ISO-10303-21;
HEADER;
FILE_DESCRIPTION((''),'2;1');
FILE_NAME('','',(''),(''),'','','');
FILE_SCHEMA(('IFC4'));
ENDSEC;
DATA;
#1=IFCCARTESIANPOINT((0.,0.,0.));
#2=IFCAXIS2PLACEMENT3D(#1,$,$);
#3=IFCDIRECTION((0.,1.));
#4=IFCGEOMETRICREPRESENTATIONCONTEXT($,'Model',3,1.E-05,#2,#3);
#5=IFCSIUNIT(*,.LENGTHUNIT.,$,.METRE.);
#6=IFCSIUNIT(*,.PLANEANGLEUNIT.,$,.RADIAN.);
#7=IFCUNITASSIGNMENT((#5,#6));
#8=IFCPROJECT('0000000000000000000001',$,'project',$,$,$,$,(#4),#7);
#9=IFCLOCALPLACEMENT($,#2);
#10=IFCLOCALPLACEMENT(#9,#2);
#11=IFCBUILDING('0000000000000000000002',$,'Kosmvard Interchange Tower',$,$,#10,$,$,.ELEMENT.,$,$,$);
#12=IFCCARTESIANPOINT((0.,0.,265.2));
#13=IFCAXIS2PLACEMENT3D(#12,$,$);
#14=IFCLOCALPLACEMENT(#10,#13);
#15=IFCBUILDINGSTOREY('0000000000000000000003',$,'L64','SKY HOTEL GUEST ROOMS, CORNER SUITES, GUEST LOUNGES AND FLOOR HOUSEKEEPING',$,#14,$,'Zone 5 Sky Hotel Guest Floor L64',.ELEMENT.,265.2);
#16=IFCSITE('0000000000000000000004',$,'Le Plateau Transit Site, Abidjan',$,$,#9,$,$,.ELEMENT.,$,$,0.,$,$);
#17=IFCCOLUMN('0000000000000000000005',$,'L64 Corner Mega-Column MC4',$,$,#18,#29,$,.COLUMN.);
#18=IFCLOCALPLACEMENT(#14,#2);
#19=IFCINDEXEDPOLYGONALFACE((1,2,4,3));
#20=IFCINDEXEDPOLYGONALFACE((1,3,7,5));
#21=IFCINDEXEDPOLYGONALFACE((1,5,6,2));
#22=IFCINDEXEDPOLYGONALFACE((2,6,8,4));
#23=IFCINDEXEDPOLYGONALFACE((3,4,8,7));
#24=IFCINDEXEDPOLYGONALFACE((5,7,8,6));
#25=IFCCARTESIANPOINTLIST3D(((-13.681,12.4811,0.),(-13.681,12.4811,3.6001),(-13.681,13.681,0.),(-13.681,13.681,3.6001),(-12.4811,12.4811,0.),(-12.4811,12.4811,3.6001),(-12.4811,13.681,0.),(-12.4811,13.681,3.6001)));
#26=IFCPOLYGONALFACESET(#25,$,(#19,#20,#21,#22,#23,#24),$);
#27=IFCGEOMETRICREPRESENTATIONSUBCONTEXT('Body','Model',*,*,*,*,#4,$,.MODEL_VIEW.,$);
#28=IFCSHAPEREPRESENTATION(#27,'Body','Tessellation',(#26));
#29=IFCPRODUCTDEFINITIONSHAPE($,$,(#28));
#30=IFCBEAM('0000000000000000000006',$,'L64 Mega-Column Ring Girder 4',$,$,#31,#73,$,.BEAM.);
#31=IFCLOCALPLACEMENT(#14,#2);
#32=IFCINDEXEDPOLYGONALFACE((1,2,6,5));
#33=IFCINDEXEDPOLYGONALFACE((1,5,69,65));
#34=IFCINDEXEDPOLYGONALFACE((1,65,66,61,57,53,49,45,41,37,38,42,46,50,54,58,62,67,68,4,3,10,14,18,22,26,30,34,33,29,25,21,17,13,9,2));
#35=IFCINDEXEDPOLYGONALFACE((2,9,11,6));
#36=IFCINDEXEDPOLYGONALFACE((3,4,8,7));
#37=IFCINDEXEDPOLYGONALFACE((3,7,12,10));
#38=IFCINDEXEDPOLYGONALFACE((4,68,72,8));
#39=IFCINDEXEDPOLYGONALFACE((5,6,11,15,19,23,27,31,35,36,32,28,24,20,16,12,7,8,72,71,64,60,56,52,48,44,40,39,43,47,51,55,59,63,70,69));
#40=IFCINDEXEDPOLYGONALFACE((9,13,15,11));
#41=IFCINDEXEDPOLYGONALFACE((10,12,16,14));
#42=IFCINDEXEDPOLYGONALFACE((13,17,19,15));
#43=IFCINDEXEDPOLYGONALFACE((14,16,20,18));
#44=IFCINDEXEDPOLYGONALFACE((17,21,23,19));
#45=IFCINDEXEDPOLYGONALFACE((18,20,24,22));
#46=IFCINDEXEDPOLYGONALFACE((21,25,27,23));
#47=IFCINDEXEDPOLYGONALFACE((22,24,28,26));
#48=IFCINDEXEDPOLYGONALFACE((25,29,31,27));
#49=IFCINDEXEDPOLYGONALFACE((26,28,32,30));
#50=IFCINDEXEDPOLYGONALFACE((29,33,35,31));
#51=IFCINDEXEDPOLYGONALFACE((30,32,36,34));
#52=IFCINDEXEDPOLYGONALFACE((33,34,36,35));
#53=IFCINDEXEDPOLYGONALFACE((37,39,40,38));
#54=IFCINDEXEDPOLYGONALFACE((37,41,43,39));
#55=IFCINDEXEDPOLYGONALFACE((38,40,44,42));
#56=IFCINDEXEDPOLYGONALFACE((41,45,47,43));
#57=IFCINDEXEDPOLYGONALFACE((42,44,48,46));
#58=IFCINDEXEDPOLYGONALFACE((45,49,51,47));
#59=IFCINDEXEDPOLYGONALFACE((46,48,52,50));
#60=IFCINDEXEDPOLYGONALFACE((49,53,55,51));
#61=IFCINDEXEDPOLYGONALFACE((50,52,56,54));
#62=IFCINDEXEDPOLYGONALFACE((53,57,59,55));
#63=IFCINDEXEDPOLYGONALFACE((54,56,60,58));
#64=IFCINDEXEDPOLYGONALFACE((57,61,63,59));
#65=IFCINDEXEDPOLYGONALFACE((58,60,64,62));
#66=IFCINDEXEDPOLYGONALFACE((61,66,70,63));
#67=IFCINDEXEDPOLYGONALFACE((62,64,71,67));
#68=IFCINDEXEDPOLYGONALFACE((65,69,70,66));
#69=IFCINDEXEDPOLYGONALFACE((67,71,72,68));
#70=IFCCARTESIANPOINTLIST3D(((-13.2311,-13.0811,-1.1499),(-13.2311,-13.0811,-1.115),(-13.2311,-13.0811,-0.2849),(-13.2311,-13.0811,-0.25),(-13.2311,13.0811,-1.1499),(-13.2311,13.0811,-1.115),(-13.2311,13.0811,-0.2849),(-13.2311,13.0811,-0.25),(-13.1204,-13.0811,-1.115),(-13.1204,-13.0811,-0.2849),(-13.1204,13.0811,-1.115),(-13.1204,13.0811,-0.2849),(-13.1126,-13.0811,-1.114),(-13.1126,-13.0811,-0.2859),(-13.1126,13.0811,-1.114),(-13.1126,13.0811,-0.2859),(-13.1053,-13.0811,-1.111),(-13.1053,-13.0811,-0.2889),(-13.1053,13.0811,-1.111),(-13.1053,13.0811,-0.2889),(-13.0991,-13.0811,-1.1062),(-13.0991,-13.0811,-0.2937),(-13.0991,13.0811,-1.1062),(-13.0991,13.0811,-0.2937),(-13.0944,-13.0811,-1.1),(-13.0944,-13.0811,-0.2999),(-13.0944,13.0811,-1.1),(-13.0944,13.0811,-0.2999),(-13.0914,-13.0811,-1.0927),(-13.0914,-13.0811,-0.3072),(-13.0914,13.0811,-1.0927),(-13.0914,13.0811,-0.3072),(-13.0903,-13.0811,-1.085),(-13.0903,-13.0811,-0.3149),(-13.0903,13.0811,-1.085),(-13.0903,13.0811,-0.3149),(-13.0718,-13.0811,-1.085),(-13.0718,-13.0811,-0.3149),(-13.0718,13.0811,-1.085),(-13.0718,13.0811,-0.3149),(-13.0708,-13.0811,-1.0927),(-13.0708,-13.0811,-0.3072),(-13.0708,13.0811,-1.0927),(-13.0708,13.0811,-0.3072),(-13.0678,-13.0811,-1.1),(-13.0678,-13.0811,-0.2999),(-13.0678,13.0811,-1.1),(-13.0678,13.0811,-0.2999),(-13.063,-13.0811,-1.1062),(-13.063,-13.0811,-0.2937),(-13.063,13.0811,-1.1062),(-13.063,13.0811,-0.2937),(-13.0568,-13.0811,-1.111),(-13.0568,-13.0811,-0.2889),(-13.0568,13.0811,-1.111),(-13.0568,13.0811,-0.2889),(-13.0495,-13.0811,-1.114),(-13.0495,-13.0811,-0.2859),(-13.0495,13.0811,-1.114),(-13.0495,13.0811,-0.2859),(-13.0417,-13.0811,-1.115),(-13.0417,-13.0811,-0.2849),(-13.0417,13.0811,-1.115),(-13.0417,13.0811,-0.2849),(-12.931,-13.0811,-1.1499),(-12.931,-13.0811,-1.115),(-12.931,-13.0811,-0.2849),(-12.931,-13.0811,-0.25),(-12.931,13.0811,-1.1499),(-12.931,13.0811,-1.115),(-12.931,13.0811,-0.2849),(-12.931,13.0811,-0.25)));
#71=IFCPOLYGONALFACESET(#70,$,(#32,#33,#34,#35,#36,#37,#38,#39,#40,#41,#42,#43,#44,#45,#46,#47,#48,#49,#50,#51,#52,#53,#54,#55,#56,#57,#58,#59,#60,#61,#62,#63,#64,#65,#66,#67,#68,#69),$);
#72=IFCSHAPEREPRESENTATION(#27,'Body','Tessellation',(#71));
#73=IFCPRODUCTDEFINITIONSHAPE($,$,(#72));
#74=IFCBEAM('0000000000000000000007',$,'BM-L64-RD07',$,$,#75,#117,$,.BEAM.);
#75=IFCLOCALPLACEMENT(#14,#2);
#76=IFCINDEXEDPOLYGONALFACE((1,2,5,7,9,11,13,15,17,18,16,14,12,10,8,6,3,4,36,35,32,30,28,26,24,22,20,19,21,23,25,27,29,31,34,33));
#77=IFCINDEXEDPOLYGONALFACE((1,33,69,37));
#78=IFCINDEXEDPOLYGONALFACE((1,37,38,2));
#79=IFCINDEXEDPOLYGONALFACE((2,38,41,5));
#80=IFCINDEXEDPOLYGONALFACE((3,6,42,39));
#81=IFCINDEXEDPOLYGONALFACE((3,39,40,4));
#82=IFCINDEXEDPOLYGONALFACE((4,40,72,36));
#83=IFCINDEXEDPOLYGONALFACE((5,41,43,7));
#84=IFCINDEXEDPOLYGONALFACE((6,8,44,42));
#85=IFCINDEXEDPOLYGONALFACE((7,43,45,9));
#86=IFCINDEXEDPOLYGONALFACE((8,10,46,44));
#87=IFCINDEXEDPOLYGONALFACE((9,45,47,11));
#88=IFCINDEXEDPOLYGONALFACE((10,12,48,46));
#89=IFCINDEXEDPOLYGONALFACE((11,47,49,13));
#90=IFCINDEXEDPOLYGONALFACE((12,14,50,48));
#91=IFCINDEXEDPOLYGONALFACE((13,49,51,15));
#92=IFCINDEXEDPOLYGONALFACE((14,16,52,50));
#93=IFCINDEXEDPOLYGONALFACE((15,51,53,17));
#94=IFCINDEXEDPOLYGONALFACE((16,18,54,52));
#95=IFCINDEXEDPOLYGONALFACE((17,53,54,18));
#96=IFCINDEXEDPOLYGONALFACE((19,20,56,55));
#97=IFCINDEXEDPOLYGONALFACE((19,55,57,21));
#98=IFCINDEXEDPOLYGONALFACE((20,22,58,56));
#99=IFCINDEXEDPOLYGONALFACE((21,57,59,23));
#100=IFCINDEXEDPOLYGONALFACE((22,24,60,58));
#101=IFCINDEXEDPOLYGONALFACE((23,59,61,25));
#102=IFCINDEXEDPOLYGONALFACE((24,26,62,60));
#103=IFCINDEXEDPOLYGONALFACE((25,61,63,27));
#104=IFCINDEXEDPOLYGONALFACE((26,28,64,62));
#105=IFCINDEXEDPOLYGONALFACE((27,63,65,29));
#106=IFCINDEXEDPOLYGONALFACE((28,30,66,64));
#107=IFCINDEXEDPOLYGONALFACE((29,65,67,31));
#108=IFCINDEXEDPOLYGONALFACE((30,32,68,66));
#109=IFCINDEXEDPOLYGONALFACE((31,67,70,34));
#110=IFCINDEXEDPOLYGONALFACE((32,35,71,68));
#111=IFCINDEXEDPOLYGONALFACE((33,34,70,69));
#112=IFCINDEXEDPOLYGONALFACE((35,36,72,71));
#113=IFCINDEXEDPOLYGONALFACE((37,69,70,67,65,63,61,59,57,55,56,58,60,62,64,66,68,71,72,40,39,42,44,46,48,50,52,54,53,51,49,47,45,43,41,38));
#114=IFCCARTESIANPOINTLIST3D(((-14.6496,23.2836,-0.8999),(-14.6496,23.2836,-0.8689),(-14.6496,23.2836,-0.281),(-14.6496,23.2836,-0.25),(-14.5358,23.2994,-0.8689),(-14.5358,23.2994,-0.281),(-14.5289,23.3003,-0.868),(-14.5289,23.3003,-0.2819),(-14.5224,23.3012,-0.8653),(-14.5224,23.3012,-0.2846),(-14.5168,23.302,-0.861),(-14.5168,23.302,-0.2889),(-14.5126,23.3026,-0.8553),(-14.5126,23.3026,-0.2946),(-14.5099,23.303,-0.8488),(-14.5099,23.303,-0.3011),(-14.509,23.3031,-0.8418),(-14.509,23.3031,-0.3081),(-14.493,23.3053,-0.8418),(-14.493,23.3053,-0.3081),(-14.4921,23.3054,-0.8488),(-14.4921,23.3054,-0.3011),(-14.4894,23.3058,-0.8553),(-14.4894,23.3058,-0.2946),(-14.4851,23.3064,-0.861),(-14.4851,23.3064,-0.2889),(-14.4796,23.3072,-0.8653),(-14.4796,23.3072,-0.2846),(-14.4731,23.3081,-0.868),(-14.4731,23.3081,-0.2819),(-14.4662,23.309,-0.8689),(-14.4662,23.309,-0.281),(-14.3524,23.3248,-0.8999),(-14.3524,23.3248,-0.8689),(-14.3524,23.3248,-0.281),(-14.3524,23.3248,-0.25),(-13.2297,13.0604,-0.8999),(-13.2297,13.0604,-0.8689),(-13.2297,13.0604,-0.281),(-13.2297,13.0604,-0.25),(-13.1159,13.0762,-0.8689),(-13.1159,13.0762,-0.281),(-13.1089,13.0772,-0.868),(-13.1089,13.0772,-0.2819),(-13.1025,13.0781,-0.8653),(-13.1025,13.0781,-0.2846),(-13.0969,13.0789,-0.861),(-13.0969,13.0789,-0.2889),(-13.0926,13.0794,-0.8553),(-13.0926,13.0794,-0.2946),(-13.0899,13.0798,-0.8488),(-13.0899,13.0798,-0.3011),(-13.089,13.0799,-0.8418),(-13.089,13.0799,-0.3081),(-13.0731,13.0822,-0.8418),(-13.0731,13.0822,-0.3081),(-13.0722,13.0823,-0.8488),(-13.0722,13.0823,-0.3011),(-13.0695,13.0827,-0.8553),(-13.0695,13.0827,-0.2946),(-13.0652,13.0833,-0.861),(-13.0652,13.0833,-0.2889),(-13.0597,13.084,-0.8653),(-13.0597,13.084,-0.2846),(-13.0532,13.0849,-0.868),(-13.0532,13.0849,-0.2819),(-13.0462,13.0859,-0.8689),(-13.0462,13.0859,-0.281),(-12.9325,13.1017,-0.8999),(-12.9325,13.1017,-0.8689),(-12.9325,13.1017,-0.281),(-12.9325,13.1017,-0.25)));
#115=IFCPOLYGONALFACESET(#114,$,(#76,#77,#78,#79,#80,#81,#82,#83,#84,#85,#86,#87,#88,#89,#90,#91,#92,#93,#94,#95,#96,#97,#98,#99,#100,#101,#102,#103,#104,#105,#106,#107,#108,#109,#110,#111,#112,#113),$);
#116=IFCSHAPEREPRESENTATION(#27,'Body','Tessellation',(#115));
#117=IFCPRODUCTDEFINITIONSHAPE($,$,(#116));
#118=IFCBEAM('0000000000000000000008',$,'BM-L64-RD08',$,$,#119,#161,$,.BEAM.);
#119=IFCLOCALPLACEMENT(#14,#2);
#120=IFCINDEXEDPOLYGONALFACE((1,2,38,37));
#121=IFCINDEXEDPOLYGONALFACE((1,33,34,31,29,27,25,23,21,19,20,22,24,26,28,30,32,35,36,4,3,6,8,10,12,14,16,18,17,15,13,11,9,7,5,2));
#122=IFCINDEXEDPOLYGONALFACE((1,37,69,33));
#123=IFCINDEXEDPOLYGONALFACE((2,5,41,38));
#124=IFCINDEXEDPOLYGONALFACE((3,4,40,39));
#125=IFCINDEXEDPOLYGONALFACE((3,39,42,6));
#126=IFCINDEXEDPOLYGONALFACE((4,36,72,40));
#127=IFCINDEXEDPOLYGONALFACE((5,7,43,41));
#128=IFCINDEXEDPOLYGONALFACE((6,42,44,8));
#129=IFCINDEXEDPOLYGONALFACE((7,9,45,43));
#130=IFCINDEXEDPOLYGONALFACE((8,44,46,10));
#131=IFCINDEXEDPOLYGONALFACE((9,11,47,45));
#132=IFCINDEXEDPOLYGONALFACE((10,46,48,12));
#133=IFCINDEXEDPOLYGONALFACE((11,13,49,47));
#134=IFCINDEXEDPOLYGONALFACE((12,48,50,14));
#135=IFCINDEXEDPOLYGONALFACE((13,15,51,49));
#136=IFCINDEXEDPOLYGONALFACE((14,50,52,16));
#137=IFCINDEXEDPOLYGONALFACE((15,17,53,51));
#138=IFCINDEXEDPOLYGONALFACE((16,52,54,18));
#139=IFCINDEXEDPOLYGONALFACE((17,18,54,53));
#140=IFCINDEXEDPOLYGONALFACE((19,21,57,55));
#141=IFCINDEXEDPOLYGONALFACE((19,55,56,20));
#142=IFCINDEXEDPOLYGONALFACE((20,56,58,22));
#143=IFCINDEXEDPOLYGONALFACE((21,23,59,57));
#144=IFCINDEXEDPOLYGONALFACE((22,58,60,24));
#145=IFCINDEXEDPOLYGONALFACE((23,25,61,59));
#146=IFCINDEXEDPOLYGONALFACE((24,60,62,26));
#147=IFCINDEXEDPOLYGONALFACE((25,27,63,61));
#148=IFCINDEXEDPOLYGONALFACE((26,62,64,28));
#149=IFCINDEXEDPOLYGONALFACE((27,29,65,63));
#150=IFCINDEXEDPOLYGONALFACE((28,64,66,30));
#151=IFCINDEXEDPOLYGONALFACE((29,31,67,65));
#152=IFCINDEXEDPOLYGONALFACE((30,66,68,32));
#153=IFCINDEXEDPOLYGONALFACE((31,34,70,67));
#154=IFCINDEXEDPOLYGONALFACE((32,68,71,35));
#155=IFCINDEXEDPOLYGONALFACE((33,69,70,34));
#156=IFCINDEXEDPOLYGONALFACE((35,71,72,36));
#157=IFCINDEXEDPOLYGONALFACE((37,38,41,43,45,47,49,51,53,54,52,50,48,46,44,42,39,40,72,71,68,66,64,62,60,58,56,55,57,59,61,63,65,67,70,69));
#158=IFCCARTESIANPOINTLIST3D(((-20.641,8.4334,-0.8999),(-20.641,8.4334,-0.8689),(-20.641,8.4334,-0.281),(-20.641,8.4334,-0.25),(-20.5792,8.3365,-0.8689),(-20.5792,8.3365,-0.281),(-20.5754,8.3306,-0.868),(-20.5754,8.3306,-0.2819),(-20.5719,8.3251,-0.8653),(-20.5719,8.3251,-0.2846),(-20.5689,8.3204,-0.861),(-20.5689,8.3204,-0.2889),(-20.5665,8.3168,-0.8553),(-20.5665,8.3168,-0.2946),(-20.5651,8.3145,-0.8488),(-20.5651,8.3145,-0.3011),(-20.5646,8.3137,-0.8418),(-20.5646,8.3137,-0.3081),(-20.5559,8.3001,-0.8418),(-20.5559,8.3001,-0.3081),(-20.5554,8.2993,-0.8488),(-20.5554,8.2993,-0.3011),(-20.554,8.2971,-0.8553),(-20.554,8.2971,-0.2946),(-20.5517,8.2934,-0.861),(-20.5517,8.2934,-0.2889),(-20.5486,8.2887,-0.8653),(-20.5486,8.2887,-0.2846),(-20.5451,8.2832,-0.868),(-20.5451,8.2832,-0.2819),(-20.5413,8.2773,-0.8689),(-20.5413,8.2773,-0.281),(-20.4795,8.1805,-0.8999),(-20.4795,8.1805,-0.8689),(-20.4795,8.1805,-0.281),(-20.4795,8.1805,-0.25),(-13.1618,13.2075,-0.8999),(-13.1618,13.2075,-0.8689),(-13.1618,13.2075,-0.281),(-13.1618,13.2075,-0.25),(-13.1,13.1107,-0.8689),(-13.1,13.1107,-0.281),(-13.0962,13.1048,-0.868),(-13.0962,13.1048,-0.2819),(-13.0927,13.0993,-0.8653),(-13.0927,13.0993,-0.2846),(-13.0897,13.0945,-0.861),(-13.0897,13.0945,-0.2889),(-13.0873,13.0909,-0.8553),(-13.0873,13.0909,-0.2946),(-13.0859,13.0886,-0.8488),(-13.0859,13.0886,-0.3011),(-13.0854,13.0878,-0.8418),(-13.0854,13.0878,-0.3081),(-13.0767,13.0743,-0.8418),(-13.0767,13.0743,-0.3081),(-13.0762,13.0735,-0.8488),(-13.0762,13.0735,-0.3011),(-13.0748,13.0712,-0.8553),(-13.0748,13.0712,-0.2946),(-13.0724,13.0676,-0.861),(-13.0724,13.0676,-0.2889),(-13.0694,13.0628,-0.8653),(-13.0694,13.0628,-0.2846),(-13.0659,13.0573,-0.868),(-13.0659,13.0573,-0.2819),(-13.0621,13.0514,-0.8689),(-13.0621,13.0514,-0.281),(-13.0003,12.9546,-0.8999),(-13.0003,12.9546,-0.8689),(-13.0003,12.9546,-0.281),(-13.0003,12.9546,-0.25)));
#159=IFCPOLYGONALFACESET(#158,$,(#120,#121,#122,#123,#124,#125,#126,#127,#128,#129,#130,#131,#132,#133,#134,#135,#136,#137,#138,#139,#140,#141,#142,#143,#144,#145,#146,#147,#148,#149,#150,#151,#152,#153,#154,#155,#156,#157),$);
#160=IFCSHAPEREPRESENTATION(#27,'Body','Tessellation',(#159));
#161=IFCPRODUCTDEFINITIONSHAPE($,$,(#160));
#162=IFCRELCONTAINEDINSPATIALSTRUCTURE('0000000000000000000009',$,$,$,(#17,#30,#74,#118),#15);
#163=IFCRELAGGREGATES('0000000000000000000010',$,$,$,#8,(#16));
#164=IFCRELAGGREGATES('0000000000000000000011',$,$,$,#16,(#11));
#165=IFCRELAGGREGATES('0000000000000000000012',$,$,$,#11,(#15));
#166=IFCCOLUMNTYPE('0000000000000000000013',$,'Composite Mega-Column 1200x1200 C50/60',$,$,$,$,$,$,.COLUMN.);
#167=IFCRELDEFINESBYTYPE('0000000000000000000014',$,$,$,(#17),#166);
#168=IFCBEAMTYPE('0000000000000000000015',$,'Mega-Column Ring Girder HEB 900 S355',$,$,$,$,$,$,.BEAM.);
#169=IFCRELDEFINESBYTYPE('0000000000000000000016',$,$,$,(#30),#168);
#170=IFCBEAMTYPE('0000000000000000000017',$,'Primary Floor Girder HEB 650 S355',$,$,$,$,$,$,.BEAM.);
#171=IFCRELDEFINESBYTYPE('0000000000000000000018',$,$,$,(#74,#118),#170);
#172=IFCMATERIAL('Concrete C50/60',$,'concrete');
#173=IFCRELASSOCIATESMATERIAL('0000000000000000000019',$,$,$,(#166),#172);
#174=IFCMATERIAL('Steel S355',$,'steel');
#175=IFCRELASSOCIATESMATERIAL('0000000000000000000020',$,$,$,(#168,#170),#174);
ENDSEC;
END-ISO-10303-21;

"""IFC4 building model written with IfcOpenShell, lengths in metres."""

from ifc_helpers import new_model, si_unit, direction, frame, origin, origin_2d, place, context, subcontext, project, spatial, rectangle, i_section, extrude, source, transform, mapped, material, material_profile, profile_set, type_object, element, save


model = new_model("IFC4")

# Units and contexts
model_context = context("Model", 3, precision=1e-05, world=origin(), true_north=direction((0.0, 1.0)))
body_context = subcontext(model_context, "Body", "Model", "MODEL_VIEW")
ifc_project = project(units=[si_unit("LENGTHUNIT", "METRE"), si_unit("PLANEANGLEUNIT", "RADIAN")], contexts=[model_context])

# Site, building, storey
site_placement = place(None, origin())
site = spatial("IfcSite", under=ifc_project, at=site_placement, Name="Le Plateau Transit Site, Abidjan", CompositionType="ELEMENT", RefElevation=0.0)
building_placement = place(site_placement, origin())
building = spatial("IfcBuilding", under=site, at=building_placement, Name="Kosmvard Interchange Tower", CompositionType="ELEMENT")
storey_placement = place(building_placement, frame((0.0, 0.0, 265.2)))
storey = spatial("IfcBuildingStorey", under=building, at=storey_placement, Name="L64", Description="SKY HOTEL GUEST ROOMS, CORNER SUITES, GUEST LOUNGES AND FLOOR HOUSEKEEPING", LongName="Zone 5 Sky Hotel Guest Floor L64", CompositionType="ELEMENT", Elevation=265.2)

# Column
ifc_material_1 = material(Name="Concrete C50/60", Category="concrete")
ifc_material_profile_1 = material_profile(ifc_material_1, rectangle(XDim=1.2, YDim=1.2, at=origin_2d()), Name="MC 1200x1200")
ifc_profile_set_1 = profile_set([ifc_material_profile_1], Name="Concrete C50/60")
column_type = type_object("IfcColumnType", Name="Composite Mega-Column 1200x1200 C50/60", PredefinedType="COLUMN", material=ifc_profile_set_1)
shared_shape_1 = source(origin(), body_context, "Body", "SweptSolid", [
    extrude(rectangle(XDim=1.2, YDim=1.2, at=origin_2d()), origin(), (0.0, 0.0, 1.0), 3.6001),
])
column_placement = place(storey_placement, frame((-13.0811, 13.0811, 0.0), z_axis=(0.0, 0.0, 1.0), x_axis=(1.0, 0.0, 0.0)))
element("IfcColumn", 1, at=column_placement, inside=storey, type_object=column_type, Name="L64 Corner Mega-Column MC4", PredefinedType="COLUMN", context=body_context, shape_type="MappedRepresentation", body=[
    mapped(shared_shape_1, transform((0.0, 0.0, 0.0), scale=1.0)),
])

# Beams
ifc_material_2 = material(Name="Steel S355", Category="steel")
ifc_material_profile_2 = material_profile(ifc_material_2, i_section(OverallWidth=0.3, OverallDepth=0.8999, WebThickness=0.0186, FlangeThickness=0.0349, FilletRadius=0.03, at=origin_2d()), Name="HEB 900")
ifc_profile_set_2 = profile_set([ifc_material_profile_2], Name="Steel S355")
beam_type_1 = type_object("IfcBeamType", Name="Mega-Column Ring Girder HEB 900 S355", PredefinedType="BEAM", material=ifc_profile_set_2)
shared_shape_2 = source(origin(), body_context, "Body", "SweptSolid", [
    extrude(i_section(OverallWidth=0.3, OverallDepth=0.8999, WebThickness=0.0186, FlangeThickness=0.0349, FilletRadius=0.03, at=origin_2d()), origin(), (0.0, 0.0, 1.0), 26.1621),
])
beam_1_placement = place(storey_placement, frame((-13.0811, 13.0811, -0.7), z_axis=(0.0, -1.0, 0.0), x_axis=(1.0, 0.0, 0.0)))
element("IfcBeam", 2, at=beam_1_placement, inside=storey, type_object=beam_type_1, Name="L64 Mega-Column Ring Girder 4", PredefinedType="BEAM", context=body_context, shape_type="MappedRepresentation", body=[
    mapped(shared_shape_2, transform((0.0, 0.0, 0.0), scale=1.0)),
])
ifc_material_profile_3 = material_profile(ifc_material_2, i_section(OverallWidth=0.3, OverallDepth=0.6499, WebThickness=0.0161, FlangeThickness=0.031, FilletRadius=0.0271, at=origin_2d()), Name="HEB 650")
ifc_profile_set_3 = profile_set([ifc_material_profile_3], Name="Steel S355")
beam_type_2 = type_object("IfcBeamType", Name="Primary Floor Girder HEB 650 S355", PredefinedType="BEAM", material=ifc_profile_set_3)
shared_shape_3 = source(origin(), body_context, "Body", "SweptSolid", [
    extrude(i_section(OverallWidth=0.3, OverallDepth=0.6499, WebThickness=0.0161, FlangeThickness=0.031, FilletRadius=0.0271, at=origin_2d()), origin(), (0.0, 0.0, 1.0), 10.3213),
])
beam_2_placement = place(storey_placement, frame((-13.0811, 13.0811, -0.575), z_axis=(-0.137572, 0.990492, 0.0), x_axis=(-0.990492, -0.137572, 0.0)))
element("IfcBeam", 3, at=beam_2_placement, inside=storey, type_object=beam_type_2, Name="BM-L64-RD07", PredefinedType="BEAM", context=body_context, shape_type="MappedRepresentation", body=[
    mapped(shared_shape_3, transform((0.0, 0.0, 0.0), scale=1.0)),
])
shared_shape_4 = source(origin(), body_context, "Body", "SweptSolid", [
    extrude(i_section(OverallWidth=0.3, OverallDepth=0.6499, WebThickness=0.0161, FlangeThickness=0.031, FilletRadius=0.0271, at=origin_2d()), origin(), (0.0, 0.0, 1.0), 8.873),
])
beam_3_placement = place(storey_placement, frame((-13.0811, 13.0811, -0.575), z_axis=(-0.842913, -0.53805, 0.0), x_axis=(0.53805, -0.842913, 0.0)))
element("IfcBeam", 4, at=beam_3_placement, inside=storey, type_object=beam_type_2, Name="BM-L64-RD08", PredefinedType="BEAM", context=body_context, shape_type="MappedRepresentation", body=[
    mapped(shared_shape_4, transform((0.0, 0.0, 0.0), scale=1.0)),
])

save(model, "model.ifc")
